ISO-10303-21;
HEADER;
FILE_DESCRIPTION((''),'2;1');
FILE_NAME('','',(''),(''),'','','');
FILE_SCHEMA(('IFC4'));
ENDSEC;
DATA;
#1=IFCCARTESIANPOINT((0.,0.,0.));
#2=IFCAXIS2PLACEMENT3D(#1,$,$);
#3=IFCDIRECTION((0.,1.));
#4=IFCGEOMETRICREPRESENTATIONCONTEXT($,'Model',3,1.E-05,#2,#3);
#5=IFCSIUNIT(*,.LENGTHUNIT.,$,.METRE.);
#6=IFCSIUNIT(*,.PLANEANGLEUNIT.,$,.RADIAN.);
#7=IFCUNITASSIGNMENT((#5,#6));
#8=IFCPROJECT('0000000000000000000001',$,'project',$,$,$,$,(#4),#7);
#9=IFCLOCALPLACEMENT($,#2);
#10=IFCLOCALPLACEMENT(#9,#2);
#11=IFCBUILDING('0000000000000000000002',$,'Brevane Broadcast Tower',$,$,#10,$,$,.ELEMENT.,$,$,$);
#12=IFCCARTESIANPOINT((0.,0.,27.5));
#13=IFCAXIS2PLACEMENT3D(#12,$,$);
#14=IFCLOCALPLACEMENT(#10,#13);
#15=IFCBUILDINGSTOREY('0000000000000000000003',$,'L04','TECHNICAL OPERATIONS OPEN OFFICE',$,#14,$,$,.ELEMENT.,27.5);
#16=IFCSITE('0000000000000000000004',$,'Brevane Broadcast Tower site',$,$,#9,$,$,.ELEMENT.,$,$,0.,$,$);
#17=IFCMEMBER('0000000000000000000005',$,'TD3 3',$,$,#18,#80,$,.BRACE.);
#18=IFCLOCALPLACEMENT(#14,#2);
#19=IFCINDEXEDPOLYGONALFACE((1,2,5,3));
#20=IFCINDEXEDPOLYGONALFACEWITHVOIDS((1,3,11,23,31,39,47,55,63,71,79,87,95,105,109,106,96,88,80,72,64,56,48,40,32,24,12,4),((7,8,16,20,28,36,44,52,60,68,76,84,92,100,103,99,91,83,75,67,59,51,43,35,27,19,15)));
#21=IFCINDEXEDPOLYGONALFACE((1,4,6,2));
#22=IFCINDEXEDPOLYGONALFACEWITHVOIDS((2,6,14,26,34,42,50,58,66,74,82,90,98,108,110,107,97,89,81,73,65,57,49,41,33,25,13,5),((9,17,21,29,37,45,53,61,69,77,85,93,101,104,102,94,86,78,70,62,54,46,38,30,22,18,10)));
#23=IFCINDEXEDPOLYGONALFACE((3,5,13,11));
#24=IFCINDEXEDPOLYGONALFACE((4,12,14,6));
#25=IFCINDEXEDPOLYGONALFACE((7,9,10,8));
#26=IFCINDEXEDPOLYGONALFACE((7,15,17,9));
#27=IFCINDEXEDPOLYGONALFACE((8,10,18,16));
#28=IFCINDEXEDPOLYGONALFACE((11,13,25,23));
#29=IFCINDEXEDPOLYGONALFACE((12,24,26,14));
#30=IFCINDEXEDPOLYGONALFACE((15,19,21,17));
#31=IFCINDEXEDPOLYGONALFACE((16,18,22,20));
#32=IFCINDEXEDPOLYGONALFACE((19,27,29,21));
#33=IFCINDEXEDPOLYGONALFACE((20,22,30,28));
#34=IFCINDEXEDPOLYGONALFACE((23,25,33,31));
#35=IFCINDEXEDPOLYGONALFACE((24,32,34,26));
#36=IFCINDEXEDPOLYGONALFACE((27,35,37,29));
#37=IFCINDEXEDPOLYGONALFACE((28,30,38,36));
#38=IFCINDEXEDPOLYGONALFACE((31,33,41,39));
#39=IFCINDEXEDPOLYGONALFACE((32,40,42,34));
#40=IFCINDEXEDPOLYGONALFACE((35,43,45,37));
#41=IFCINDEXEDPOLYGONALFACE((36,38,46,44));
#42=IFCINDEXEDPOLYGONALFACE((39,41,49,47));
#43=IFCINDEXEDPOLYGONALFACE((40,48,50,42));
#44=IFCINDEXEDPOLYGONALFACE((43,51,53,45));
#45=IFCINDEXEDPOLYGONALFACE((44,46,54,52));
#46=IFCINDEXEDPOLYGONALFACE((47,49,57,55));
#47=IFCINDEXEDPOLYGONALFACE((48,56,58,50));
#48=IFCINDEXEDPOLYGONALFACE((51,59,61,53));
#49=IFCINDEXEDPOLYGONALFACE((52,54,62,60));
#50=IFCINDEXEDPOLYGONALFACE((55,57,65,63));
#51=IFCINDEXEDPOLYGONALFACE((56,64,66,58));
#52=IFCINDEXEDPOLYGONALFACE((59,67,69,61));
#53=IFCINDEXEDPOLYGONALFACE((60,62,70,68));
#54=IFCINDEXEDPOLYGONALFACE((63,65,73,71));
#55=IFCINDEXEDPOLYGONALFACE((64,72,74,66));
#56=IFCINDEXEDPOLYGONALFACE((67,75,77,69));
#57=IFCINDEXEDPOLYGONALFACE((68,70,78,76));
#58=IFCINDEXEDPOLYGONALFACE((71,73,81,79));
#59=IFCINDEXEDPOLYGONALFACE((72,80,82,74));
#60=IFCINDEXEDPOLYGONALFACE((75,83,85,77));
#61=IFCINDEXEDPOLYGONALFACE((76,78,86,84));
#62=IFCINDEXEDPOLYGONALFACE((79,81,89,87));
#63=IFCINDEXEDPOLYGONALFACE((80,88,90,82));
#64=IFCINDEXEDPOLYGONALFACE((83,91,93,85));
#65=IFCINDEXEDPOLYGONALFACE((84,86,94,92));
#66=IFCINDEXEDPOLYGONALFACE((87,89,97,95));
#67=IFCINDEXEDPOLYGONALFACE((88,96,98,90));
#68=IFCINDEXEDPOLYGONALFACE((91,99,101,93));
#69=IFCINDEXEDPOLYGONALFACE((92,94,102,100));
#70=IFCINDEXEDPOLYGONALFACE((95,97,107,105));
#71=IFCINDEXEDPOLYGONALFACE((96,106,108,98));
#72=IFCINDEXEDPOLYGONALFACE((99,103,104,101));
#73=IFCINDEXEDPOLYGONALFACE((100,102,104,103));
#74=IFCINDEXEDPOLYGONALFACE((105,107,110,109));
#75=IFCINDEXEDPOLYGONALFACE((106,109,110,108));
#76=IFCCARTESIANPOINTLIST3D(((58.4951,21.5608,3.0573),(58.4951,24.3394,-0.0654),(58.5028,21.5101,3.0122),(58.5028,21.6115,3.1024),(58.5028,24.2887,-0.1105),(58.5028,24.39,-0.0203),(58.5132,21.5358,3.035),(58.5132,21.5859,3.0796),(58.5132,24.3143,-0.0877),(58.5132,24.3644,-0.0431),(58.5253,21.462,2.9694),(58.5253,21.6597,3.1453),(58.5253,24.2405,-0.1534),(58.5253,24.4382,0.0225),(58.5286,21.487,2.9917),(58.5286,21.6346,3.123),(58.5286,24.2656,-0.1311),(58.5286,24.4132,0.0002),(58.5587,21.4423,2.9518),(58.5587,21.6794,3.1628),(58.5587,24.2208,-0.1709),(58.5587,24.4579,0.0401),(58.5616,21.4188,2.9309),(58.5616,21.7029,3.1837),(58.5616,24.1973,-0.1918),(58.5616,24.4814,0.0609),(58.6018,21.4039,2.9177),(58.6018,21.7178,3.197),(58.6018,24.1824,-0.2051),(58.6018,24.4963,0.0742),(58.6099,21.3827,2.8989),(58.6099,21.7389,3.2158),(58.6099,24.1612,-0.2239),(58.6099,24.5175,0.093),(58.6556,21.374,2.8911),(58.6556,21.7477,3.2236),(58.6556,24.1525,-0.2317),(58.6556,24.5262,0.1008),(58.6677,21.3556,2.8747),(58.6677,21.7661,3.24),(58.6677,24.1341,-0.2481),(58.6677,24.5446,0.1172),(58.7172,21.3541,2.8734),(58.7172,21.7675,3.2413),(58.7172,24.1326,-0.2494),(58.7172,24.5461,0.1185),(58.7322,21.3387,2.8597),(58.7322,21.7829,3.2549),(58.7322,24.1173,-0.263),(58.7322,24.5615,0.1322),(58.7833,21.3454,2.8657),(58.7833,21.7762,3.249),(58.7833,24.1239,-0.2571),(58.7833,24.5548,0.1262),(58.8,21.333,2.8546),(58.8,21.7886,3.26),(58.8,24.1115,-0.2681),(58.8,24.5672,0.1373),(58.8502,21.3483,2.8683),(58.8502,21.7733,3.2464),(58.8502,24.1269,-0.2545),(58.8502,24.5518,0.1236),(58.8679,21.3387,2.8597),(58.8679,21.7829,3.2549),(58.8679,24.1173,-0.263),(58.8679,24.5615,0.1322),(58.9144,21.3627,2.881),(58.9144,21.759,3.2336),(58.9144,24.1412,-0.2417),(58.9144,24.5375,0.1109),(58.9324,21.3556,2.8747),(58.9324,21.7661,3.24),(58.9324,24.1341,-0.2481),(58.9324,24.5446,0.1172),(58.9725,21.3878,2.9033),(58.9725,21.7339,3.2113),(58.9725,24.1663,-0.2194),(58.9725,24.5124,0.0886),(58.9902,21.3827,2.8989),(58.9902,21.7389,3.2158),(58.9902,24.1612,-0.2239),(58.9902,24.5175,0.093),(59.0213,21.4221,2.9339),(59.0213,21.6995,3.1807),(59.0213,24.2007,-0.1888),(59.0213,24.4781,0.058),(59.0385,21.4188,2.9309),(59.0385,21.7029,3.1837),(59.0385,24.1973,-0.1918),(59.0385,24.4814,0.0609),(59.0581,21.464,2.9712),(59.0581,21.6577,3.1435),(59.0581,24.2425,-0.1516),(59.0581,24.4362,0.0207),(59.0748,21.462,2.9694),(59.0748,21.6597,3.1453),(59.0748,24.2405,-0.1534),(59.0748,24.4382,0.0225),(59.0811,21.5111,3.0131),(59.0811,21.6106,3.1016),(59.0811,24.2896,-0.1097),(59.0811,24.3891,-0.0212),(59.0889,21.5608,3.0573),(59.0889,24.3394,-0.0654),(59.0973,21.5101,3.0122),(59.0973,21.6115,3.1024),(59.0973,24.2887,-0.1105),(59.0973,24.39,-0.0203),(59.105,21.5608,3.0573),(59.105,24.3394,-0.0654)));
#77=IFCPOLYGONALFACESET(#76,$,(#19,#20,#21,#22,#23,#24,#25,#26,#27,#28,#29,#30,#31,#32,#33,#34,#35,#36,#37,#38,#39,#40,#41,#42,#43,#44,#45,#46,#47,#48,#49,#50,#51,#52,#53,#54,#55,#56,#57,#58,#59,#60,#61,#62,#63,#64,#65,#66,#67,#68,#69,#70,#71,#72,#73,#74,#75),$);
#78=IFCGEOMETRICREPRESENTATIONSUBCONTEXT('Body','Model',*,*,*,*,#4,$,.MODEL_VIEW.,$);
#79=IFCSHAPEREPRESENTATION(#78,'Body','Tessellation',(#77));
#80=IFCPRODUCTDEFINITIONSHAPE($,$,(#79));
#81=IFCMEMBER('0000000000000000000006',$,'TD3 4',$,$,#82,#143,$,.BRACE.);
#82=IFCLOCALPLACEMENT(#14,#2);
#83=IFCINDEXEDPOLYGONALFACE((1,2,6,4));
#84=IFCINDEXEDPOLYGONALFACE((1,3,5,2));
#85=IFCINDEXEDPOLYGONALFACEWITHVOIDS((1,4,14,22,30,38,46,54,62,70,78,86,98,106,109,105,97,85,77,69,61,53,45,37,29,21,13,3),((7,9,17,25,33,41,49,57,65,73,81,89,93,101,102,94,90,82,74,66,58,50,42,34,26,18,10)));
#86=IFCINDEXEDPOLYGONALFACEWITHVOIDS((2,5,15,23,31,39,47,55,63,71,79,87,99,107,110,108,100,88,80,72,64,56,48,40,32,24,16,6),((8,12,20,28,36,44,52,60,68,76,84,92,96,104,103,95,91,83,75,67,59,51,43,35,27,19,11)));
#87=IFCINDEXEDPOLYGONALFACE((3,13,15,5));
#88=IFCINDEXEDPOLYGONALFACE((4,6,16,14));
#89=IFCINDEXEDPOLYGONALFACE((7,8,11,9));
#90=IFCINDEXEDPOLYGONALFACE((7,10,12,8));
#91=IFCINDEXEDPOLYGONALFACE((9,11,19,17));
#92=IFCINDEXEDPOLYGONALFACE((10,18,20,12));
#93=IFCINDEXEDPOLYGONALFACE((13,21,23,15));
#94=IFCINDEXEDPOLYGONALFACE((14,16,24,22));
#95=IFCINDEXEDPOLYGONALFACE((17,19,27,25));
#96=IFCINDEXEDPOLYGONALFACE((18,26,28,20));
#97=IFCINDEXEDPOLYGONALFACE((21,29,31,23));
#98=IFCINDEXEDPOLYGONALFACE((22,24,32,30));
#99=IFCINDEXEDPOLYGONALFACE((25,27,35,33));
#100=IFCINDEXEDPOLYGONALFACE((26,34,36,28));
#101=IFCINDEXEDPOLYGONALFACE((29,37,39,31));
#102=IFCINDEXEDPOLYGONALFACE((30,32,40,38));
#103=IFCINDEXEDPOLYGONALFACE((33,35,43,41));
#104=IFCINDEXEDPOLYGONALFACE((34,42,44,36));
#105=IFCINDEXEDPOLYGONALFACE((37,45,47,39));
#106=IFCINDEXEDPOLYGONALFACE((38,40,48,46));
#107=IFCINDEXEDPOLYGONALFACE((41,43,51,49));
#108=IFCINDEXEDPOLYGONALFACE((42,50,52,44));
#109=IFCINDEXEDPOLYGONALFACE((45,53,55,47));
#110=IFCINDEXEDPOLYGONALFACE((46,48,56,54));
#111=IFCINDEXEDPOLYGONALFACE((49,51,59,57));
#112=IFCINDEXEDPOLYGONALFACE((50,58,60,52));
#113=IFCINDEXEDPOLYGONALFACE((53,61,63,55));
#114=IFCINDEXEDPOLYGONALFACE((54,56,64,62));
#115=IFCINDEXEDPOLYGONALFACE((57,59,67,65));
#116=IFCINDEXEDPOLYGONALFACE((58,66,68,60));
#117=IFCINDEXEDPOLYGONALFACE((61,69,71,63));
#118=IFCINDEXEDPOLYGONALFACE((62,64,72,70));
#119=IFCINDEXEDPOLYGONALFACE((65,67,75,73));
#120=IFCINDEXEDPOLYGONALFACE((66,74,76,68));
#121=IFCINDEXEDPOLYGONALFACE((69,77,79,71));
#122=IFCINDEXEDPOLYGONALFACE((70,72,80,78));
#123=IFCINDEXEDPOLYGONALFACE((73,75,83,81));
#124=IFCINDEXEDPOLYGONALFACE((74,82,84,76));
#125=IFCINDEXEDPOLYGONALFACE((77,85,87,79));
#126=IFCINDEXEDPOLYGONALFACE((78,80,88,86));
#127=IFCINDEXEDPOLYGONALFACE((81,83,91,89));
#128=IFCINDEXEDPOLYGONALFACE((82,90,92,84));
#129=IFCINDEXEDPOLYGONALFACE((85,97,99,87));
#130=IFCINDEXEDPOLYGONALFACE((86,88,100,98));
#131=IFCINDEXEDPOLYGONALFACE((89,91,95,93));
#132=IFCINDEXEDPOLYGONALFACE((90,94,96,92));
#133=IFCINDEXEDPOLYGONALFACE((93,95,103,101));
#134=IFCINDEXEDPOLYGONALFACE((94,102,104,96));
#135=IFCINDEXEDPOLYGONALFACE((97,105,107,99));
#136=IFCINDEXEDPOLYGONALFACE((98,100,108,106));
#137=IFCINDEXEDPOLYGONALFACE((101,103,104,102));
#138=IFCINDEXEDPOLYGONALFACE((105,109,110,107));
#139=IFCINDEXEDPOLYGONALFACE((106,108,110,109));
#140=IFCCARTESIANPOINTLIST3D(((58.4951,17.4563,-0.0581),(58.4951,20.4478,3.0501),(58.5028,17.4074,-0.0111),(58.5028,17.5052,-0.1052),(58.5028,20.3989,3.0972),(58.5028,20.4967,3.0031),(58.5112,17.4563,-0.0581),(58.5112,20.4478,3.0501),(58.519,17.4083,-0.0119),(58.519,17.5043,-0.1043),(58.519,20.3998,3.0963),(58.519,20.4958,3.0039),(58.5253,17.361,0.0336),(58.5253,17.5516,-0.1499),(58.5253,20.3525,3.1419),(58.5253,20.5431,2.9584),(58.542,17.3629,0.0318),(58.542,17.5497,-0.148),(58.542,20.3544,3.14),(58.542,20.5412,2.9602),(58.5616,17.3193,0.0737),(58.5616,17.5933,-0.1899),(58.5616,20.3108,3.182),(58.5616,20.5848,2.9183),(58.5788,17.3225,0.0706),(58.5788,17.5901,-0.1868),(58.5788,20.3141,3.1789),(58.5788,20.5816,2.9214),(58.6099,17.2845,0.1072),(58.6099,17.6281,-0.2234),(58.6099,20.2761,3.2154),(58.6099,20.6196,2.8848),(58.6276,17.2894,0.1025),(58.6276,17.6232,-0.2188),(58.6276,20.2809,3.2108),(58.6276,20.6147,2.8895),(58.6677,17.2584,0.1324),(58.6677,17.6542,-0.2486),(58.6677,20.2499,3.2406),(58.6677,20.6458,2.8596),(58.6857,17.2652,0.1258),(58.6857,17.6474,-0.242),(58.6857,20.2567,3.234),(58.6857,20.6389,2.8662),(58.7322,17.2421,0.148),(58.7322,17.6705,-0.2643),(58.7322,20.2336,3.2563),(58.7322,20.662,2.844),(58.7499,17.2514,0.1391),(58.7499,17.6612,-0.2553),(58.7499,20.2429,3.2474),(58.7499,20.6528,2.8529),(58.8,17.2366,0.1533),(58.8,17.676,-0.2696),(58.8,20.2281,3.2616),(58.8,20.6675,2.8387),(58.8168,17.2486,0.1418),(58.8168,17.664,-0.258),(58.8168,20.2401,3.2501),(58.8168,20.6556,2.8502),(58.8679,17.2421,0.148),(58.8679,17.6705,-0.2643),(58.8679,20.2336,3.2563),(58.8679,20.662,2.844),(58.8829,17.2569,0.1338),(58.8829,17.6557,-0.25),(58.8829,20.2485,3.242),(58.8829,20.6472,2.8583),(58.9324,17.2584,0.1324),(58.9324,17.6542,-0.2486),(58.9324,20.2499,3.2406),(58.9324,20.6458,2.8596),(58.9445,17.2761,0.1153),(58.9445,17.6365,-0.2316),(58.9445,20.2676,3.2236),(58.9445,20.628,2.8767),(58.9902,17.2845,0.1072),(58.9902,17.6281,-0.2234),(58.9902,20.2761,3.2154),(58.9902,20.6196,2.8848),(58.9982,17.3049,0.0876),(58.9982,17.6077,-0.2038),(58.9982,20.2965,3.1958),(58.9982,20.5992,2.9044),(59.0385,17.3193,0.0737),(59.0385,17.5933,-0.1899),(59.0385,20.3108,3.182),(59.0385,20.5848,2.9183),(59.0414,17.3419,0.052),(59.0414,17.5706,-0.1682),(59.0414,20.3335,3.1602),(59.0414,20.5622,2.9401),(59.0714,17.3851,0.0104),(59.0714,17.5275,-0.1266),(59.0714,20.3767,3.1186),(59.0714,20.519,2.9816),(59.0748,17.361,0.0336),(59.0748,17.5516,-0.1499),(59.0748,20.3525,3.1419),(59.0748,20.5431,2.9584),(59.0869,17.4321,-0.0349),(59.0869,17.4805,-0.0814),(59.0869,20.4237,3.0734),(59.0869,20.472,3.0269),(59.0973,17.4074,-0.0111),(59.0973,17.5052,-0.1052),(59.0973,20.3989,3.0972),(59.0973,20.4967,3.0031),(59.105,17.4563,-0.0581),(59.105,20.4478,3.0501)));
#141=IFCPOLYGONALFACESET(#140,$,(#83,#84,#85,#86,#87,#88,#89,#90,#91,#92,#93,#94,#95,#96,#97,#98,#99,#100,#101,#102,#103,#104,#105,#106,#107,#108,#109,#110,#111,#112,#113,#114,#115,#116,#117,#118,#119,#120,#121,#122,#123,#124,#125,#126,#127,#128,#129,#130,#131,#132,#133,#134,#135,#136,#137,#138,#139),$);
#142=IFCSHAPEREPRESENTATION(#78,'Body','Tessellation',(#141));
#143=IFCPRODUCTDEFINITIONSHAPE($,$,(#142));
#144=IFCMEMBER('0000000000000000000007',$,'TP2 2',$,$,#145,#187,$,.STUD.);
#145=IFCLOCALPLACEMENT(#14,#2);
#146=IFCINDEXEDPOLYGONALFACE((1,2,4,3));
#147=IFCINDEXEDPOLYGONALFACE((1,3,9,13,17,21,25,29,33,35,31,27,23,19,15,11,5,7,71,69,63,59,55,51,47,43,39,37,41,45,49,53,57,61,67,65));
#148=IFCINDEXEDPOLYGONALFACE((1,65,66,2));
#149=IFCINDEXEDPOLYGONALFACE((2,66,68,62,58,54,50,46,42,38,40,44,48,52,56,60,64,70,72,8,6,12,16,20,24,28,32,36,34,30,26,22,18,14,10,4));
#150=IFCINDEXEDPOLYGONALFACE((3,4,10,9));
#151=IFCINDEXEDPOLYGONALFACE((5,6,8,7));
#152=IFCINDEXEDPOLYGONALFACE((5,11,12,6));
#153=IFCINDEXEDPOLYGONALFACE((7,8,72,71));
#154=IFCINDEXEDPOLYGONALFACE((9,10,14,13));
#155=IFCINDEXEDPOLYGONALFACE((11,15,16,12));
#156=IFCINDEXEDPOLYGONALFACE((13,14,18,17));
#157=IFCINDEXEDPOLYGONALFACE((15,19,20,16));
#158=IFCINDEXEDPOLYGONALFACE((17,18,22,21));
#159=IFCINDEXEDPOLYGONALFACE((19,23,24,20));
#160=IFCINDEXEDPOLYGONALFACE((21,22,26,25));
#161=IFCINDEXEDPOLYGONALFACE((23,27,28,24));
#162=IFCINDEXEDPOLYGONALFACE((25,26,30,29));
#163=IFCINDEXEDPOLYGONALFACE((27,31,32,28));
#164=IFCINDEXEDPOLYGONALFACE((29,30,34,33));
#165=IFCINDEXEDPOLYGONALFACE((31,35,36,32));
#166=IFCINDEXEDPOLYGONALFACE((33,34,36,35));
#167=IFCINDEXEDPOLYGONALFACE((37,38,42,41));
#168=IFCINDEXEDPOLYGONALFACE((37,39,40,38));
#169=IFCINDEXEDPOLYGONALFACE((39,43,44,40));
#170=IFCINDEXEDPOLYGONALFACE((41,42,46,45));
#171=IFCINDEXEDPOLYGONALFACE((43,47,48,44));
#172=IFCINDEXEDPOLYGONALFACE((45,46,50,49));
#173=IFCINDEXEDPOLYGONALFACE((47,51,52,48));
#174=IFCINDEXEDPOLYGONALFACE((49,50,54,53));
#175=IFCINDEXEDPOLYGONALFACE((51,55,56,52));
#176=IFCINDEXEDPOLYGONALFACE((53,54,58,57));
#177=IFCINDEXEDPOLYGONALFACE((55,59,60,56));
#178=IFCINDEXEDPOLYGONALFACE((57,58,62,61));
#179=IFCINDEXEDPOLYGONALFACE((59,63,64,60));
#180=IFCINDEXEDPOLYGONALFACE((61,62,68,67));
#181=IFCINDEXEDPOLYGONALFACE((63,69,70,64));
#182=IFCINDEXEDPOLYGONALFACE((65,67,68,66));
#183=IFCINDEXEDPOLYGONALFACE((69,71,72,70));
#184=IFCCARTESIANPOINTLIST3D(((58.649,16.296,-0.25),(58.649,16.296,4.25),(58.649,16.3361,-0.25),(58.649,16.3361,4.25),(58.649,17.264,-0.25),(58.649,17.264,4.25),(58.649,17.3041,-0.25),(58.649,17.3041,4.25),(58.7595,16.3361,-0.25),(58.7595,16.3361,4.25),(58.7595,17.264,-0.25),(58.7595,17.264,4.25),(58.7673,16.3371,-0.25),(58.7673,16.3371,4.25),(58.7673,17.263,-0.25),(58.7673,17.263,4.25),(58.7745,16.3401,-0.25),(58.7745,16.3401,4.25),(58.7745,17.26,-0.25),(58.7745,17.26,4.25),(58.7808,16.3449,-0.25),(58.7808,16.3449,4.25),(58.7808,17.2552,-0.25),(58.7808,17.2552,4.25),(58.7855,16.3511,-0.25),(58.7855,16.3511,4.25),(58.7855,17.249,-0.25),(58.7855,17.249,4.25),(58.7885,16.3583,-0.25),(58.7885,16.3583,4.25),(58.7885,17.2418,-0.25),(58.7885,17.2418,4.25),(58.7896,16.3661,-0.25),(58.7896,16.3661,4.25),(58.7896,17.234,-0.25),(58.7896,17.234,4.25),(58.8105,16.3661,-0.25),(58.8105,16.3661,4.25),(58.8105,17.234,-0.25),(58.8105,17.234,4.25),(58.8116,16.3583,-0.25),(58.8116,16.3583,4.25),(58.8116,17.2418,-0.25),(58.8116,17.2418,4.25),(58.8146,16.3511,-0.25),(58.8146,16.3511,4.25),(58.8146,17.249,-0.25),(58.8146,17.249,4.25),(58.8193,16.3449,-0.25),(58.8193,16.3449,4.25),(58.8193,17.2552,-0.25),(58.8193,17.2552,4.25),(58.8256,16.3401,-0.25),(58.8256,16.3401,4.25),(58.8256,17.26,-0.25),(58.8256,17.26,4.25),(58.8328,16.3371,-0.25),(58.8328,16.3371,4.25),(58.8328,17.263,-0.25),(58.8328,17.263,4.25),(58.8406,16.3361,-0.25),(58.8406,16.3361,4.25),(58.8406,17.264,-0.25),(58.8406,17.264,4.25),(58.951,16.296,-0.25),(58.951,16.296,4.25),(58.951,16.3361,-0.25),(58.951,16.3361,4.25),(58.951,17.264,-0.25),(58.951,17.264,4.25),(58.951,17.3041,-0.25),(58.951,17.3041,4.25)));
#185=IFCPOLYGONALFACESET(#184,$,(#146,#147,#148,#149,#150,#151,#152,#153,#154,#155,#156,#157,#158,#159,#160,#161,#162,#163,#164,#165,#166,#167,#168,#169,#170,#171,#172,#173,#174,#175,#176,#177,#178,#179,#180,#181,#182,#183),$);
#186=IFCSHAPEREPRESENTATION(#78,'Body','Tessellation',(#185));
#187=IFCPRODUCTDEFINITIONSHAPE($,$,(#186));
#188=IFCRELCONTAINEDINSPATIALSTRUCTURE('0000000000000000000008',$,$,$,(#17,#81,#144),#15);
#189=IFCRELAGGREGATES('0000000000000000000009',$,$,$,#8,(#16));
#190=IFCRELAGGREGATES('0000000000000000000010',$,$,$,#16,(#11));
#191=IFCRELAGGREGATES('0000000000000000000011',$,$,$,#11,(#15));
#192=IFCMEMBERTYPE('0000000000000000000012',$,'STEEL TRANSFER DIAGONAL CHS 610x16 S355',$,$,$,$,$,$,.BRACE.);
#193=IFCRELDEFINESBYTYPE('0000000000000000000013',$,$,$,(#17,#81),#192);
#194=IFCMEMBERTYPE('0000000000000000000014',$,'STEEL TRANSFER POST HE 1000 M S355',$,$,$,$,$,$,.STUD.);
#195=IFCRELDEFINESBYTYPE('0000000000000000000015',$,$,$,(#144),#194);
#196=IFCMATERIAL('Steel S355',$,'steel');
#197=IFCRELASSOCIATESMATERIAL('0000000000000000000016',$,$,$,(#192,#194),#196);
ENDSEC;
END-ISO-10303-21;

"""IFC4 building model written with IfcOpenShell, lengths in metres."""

from ifc_helpers import new_model, si_unit, direction, frame, origin, origin_2d, place, context, subcontext, project, spatial, hollow_circle, i_section, extrude, material, material_profile, profile_set, type_object, element, save


model = new_model("IFC4")

# Units and contexts
model_context = context("Model", 3, precision=1e-05, world=origin(), true_north=direction((0.0, 1.0)))
body_context = subcontext(model_context, "Body", "Model", "MODEL_VIEW")
ifc_project = project(units=[si_unit("LENGTHUNIT", "METRE"), si_unit("PLANEANGLEUNIT", "RADIAN")], contexts=[model_context])

# Site, building, storey
site_placement = place(None, origin())
site = spatial("IfcSite", under=ifc_project, at=site_placement, Name="Brevane Broadcast Tower site", CompositionType="ELEMENT", RefElevation=0.0)
building_placement = place(site_placement, origin())
building = spatial("IfcBuilding", under=site, at=building_placement, Name="Brevane Broadcast Tower", CompositionType="ELEMENT")
storey_placement = place(building_placement, frame((0.0, 0.0, 27.5)))
storey = spatial("IfcBuildingStorey", under=building, at=storey_placement, Name="L04", Description="TECHNICAL OPERATIONS OPEN OFFICE", CompositionType="ELEMENT", Elevation=27.5)

# Members
ifc_material_1 = material(Name="Steel S355", Category="steel")
ifc_material_profile_1 = material_profile(ifc_material_1, hollow_circle(Radius=0.3049, WallThickness=0.0161, at=origin_2d()), Name="CHS 610x16")
ifc_profile_set_1 = profile_set([ifc_material_profile_1], Name="Steel S355")
member_type_1 = type_object("IfcMemberType", Name="STEEL TRANSFER DIAGONAL CHS 610x16 S355", PredefinedType="BRACE", material=ifc_profile_set_1)
member_1_placement = place(storey_placement, frame((58.8, 24.3394, -0.0654), z_axis=(0.0, -0.66473, 0.747084), x_axis=(1.0, 0.0, 0.0)))
element("IfcMember", 1, at=member_1_placement, inside=storey, type_object=member_type_1, Name="TD3 3", PredefinedType="BRACE", context=body_context, shape_type="SweptSolid", body=[
    extrude(hollow_circle(Radius=0.3049, WallThickness=0.0161, at=origin_2d()), origin(), (0.0, 0.0, 1.0), 4.1799),
])
member_2_placement = place(storey_placement, frame((58.8, 17.4563, -0.0581), z_axis=(0.0, 0.693451, 0.720503), x_axis=(-1.0, 0.0, 0.0)))
element("IfcMember", 2, at=member_2_placement, inside=storey, type_object=member_type_1, Name="TD3 4", PredefinedType="BRACE", context=body_context, shape_type="SweptSolid", body=[
    extrude(hollow_circle(Radius=0.3049, WallThickness=0.0161, at=origin_2d()), origin(), (0.0, 0.0, 1.0), 4.314),
])
ifc_material_profile_2 = material_profile(ifc_material_1, i_section(OverallWidth=0.302, OverallDepth=1.0081, WebThickness=0.021, FlangeThickness=0.04, FilletRadius=0.03, at=origin_2d()), Name="HE 1000 M")
ifc_profile_set_2 = profile_set([ifc_material_profile_2], Name="Steel S355")
member_type_2 = type_object("IfcMemberType", Name="STEEL TRANSFER POST HE 1000 M S355", PredefinedType="STUD", material=ifc_profile_set_2)
member_3_placement = place(storey_placement, frame((58.8, 16.8, -0.25), z_axis=(0.0, 0.0, 1.0), x_axis=(1.0, 0.0, 0.0)))
element("IfcMember", 3, at=member_3_placement, inside=storey, type_object=member_type_2, Name="TP2 2", PredefinedType="STUD", context=body_context, shape_type="SweptSolid", body=[
    extrude(i_section(OverallWidth=0.302, OverallDepth=1.0081, WebThickness=0.021, FlangeThickness=0.04, FilletRadius=0.03, at=origin_2d()), origin(), (0.0, 0.0, 1.0), 4.5),
])

save(model, "model.ifc")
